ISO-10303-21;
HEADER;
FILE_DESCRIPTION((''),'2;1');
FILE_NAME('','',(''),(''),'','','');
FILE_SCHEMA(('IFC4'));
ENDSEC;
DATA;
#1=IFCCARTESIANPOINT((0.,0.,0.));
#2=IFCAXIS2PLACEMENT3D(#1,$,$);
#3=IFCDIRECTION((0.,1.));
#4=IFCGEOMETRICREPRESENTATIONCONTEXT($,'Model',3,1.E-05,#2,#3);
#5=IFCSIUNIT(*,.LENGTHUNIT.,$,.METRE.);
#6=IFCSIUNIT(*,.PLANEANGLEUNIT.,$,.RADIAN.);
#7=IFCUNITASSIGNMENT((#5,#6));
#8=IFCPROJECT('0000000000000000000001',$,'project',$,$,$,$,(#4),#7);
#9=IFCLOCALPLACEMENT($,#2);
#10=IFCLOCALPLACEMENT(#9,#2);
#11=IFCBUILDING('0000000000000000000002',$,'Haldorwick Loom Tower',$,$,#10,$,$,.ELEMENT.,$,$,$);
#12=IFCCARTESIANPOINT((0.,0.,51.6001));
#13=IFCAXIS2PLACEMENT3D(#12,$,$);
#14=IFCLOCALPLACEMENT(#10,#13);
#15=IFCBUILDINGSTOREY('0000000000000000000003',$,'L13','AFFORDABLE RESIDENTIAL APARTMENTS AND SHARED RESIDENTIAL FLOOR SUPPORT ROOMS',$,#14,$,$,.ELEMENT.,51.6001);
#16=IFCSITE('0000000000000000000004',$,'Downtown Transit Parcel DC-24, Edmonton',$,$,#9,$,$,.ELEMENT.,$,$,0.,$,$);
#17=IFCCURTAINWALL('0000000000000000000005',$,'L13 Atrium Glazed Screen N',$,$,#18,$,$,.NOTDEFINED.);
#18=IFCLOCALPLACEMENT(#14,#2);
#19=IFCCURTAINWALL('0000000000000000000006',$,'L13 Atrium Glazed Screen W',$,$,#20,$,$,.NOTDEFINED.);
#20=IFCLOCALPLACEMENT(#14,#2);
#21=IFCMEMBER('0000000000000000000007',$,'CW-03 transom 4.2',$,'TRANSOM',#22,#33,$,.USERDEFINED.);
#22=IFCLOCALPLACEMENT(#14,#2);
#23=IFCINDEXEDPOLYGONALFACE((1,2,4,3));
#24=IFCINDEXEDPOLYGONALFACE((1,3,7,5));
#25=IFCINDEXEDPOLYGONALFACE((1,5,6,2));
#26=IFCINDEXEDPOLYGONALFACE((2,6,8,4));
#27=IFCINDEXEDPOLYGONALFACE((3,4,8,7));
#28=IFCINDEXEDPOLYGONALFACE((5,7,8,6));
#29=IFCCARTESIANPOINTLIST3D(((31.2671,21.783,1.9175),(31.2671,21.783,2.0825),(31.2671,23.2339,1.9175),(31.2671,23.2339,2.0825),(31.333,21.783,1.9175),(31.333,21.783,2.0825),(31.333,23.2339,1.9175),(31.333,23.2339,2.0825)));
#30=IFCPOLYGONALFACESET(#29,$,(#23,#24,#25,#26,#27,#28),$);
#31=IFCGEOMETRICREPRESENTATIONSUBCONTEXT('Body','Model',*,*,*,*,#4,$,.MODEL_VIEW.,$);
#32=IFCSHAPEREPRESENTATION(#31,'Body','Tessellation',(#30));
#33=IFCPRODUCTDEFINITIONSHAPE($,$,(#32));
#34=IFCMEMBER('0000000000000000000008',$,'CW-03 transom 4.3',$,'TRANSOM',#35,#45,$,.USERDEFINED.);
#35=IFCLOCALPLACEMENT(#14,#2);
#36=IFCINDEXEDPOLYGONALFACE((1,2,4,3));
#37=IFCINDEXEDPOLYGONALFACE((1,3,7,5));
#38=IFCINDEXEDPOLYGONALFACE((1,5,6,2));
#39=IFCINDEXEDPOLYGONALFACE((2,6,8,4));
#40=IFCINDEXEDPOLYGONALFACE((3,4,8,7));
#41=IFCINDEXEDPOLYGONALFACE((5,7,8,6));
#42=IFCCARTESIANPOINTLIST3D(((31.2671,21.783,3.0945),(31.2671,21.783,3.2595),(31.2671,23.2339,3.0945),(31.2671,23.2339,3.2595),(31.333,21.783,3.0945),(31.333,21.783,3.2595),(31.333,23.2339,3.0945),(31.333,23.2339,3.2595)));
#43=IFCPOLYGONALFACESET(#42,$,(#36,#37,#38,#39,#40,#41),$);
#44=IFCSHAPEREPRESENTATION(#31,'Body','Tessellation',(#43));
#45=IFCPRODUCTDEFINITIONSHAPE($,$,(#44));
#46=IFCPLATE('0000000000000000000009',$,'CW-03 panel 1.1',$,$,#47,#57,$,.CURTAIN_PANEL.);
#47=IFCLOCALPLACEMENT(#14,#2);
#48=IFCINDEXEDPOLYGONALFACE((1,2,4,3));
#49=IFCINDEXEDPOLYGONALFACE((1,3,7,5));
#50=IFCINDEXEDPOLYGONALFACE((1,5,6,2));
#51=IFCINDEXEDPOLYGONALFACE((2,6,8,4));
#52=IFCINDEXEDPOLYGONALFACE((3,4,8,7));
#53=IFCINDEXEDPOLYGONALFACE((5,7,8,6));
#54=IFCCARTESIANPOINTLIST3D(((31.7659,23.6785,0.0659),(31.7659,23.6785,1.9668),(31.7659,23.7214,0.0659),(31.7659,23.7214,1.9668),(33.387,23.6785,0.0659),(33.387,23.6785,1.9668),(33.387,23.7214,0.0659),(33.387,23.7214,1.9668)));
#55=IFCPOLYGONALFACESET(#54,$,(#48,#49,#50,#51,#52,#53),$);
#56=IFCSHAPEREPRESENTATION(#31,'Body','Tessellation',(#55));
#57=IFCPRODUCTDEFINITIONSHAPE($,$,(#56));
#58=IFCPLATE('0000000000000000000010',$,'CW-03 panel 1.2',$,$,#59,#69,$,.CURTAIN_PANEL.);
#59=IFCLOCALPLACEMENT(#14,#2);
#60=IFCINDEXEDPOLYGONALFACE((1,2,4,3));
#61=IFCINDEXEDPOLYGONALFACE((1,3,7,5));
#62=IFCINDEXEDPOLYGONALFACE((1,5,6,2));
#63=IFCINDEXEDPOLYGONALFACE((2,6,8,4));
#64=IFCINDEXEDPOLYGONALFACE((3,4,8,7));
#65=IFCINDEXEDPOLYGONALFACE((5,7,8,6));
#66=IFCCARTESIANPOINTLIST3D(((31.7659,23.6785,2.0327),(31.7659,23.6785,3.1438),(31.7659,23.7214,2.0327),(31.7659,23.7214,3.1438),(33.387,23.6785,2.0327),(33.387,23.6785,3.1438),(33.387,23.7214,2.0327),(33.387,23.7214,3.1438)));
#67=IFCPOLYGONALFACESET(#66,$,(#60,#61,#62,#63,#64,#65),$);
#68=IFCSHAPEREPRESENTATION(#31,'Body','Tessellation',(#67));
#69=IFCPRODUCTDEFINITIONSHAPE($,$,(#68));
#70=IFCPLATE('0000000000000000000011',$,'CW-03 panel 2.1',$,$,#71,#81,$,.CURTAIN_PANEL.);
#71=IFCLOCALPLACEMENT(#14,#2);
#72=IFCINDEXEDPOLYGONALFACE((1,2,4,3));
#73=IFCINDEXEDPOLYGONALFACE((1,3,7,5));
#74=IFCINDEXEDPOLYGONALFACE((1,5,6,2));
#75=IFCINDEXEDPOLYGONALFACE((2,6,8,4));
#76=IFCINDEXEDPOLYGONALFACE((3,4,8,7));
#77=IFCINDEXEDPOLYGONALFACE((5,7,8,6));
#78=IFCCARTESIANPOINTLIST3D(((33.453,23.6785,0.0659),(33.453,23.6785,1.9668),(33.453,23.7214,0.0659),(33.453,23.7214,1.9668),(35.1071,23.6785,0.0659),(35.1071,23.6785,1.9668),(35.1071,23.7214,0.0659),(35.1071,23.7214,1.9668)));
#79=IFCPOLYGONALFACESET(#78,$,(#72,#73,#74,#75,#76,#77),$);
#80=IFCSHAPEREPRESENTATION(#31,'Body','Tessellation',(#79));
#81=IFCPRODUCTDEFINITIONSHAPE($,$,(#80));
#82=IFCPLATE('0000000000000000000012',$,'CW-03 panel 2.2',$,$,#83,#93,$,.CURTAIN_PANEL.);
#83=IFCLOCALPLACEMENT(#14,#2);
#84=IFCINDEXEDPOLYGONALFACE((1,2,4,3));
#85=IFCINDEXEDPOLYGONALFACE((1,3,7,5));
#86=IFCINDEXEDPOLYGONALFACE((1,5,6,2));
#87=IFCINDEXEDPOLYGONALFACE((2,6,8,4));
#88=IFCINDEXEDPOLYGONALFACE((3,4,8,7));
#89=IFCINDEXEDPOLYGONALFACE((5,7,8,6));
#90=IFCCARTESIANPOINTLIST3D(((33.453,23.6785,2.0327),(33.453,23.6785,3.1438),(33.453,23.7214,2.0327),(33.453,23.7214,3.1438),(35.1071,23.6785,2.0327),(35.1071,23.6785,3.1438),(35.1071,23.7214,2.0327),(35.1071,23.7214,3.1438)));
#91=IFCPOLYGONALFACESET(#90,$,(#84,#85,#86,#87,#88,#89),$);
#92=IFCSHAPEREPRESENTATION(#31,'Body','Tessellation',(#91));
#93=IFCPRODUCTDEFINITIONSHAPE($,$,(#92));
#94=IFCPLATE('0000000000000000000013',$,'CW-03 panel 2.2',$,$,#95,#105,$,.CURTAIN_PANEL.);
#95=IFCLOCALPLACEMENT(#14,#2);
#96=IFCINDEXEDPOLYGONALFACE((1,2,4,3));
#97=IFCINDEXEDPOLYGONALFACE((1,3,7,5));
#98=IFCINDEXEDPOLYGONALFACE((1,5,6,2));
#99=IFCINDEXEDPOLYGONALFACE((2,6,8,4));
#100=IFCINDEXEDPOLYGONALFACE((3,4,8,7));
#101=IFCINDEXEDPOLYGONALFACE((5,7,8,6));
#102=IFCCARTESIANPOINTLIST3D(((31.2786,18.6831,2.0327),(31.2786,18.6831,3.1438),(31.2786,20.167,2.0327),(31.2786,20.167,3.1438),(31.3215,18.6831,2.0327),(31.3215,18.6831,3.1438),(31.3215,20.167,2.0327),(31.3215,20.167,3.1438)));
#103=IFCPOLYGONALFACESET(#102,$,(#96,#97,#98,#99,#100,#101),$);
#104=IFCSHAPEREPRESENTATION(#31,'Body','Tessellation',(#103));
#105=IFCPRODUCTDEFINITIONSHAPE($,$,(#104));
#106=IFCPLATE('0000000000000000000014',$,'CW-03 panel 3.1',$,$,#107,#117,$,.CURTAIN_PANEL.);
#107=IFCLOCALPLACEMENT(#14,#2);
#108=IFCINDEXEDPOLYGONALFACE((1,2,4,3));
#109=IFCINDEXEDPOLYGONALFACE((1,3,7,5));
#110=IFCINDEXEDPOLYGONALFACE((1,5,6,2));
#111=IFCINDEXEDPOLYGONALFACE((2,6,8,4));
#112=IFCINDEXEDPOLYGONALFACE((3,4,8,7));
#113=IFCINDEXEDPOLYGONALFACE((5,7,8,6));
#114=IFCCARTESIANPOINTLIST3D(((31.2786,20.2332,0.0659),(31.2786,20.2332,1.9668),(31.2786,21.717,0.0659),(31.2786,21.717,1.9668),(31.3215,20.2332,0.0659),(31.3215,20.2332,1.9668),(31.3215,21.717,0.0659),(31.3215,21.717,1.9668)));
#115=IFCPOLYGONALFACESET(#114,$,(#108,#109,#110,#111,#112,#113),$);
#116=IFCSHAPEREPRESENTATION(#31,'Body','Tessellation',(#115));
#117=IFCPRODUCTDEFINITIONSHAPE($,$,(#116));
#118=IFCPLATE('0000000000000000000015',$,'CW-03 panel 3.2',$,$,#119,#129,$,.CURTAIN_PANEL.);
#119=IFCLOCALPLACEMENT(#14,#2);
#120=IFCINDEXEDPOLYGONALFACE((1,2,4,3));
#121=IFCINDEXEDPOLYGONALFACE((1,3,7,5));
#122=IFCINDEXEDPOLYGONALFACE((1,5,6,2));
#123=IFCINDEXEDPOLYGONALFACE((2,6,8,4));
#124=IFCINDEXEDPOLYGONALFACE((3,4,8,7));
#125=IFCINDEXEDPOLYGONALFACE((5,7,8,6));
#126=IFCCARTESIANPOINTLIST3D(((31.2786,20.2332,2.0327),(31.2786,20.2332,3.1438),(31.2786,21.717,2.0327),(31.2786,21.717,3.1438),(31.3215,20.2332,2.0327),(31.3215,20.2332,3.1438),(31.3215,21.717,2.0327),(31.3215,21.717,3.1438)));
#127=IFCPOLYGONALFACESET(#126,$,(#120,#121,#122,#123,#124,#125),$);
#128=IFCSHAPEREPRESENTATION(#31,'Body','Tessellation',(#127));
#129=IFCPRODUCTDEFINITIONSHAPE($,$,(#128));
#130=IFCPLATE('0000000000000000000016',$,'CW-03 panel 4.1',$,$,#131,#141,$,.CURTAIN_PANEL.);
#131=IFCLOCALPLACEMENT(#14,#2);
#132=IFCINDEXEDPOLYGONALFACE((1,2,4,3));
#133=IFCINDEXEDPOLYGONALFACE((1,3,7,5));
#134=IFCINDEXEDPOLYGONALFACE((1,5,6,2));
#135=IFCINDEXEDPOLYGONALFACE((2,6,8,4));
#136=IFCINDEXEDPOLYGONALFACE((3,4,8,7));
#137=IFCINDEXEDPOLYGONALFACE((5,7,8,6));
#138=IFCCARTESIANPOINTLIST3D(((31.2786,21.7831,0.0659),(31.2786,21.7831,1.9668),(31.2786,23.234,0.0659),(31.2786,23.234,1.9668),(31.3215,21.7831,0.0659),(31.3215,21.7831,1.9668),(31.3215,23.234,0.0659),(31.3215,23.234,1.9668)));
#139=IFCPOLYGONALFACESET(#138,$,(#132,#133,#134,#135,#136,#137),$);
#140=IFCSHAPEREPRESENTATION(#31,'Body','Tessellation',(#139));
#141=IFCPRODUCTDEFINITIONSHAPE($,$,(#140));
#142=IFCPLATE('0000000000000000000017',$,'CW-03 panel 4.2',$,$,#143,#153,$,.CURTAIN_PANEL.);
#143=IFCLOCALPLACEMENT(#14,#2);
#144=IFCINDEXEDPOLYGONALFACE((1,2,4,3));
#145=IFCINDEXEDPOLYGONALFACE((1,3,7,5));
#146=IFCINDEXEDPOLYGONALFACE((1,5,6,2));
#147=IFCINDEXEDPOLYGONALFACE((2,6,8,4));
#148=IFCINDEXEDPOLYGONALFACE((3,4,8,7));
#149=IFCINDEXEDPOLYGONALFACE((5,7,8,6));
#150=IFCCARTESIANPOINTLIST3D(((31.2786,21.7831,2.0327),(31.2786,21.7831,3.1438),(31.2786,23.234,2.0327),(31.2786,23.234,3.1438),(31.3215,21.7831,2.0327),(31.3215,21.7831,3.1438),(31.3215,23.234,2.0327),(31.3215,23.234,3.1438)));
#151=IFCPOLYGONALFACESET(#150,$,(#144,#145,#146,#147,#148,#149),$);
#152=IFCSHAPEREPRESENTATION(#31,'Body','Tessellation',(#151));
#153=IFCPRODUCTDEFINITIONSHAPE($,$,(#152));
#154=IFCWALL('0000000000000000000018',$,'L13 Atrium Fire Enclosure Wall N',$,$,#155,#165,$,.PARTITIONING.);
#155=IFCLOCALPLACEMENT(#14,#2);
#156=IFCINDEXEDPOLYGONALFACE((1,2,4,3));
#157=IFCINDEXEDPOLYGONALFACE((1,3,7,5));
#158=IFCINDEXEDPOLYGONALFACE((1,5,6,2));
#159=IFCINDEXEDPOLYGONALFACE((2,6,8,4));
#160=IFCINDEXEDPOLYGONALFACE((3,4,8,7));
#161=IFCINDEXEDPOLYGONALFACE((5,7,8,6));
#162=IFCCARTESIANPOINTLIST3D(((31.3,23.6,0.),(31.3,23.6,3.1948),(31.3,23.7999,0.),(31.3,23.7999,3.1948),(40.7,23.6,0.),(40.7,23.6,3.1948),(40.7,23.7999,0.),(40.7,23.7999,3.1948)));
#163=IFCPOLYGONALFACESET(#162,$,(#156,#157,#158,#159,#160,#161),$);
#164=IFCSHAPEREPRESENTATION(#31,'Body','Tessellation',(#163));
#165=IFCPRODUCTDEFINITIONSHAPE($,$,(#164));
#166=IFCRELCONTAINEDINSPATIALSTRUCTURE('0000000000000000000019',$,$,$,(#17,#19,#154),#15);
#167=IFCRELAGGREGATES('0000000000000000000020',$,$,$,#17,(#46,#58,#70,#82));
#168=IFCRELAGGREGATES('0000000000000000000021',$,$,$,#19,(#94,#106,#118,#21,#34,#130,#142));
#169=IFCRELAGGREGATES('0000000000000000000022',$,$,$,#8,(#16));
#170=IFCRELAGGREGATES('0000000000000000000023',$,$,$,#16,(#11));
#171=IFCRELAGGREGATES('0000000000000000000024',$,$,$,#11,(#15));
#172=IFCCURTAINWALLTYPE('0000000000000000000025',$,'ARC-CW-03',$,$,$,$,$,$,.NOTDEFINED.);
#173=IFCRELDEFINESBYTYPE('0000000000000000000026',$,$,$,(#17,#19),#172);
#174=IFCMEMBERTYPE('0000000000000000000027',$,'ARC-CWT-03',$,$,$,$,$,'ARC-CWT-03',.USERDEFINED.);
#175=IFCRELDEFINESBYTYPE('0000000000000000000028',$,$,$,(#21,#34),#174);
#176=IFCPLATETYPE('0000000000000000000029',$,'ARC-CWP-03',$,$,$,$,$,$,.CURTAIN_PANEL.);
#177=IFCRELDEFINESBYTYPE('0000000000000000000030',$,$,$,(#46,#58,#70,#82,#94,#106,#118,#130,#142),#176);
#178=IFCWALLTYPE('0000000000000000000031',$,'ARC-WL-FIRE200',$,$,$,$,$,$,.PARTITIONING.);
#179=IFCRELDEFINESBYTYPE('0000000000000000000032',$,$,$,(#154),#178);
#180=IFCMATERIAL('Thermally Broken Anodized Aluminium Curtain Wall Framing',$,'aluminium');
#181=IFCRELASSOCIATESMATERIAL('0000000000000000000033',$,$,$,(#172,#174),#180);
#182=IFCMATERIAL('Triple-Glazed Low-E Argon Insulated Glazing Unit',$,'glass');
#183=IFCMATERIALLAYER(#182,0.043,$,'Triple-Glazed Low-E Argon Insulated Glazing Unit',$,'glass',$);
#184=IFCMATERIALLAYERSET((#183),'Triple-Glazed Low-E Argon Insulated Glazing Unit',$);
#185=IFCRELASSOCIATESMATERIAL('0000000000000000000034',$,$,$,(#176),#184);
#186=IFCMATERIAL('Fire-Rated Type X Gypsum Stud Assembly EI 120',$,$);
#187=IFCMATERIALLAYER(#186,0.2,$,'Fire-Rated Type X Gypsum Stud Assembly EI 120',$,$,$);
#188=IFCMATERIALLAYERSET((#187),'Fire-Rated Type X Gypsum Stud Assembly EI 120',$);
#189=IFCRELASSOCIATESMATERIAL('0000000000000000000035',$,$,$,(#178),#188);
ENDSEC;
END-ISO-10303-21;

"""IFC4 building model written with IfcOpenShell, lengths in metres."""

from ifc_helpers import new_model, si_unit, direction, frame, frame_2d, origin, origin_2d, place, context, subcontext, project, spatial, rectangle, extrude, material, layer, layer_set, material_profile, profile_set, type_object, element, aggregate, save


model = new_model("IFC4")

# Units and contexts
model_context = context("Model", 3, precision=1e-05, world=origin(), true_north=direction((0.0, 1.0)))
body_context = subcontext(model_context, "Body", "Model", "MODEL_VIEW")
ifc_project = project(units=[si_unit("LENGTHUNIT", "METRE"), si_unit("PLANEANGLEUNIT", "RADIAN")], contexts=[model_context])

# Site, building, storey
site_placement = place(None, origin())
site = spatial("IfcSite", under=ifc_project, at=site_placement, Name="Downtown Transit Parcel DC-24, Edmonton", CompositionType="ELEMENT", RefElevation=0.0)
building_placement = place(site_placement, origin())
building = spatial("IfcBuilding", under=site, at=building_placement, Name="Haldorwick Loom Tower", CompositionType="ELEMENT")
storey_placement = place(building_placement, frame((0.0, 0.0, 51.6001)))
storey = spatial("IfcBuildingStorey", under=building, at=storey_placement, Name="L13", Description="AFFORDABLE RESIDENTIAL APARTMENTS AND SHARED RESIDENTIAL FLOOR SUPPORT ROOMS", CompositionType="ELEMENT", Elevation=51.6001)

# Curtain walls
ifc_material_1 = material(Name="Thermally Broken Anodized Aluminium Curtain Wall Framing", Category="aluminium")
curtain_wall_type = type_object("IfcCurtainWallType", Name="ARC-CW-03", PredefinedType="NOTDEFINED", material=ifc_material_1)
curtain_wall_1_placement = place(storey_placement, origin())
curtain_wall_1 = element("IfcCurtainWall", 1, at=curtain_wall_1_placement, inside=storey, type_object=curtain_wall_type, Name="L13 Atrium Glazed Screen N", PredefinedType="NOTDEFINED")
curtain_wall_2_placement = place(storey_placement, origin())
curtain_wall_2 = element("IfcCurtainWall", 2, at=curtain_wall_2_placement, inside=storey, type_object=curtain_wall_type, Name="L13 Atrium Glazed Screen W", PredefinedType="NOTDEFINED")

# Members
ifc_material_profile_1 = material_profile(ifc_material_1, rectangle(XDim=0.0659, YDim=0.165, at=origin_2d()), Name="ALU_TRN_66X165", Category="aluminium")
ifc_profile_set_1 = profile_set([ifc_material_profile_1], Name="Thermally Broken Anodized Aluminium Curtain Wall Framing")
member_type_1 = type_object("IfcMemberType", Name="ARC-CWT-03", ElementType="ARC-CWT-03", PredefinedType="USERDEFINED", material=ifc_profile_set_1)
member_1_placement = place(storey_placement, frame((31.3, 21.783, 2.0), z_axis=(0.0, 1.0, 0.0), x_axis=(-1.0, 0.0, 0.0)))
member_1 = element("IfcMember", 3, at=member_1_placement, type_object=member_type_1, Name="CW-03 transom 4.2", ObjectType="TRANSOM", PredefinedType="USERDEFINED", context=body_context, shape_type="SweptSolid", body=[
    extrude(rectangle(XDim=0.0659, YDim=0.165, at=origin_2d()), origin(), (0.0, 0.0, 1.0), 1.4509),
])
member_2_placement = place(storey_placement, frame((31.3, 21.783, 3.177), z_axis=(0.0, 1.0, 0.0), x_axis=(-1.0, 0.0, 0.0)))
member_2 = element("IfcMember", 4, at=member_2_placement, type_object=member_type_1, Name="CW-03 transom 4.3", ObjectType="TRANSOM", PredefinedType="USERDEFINED", context=body_context, shape_type="SweptSolid", body=[
    extrude(rectangle(XDim=0.0659, YDim=0.165, at=origin_2d()), origin(), (0.0, 0.0, 1.0), 1.4509),
])

# Plates
ifc_material_2 = material(Name="Triple-Glazed Low-E Argon Insulated Glazing Unit", Category="glass")
ifc_layer_1 = layer(ifc_material_2, 0.043, Name="Triple-Glazed Low-E Argon Insulated Glazing Unit", Category="glass")
ifc_layer_set_1 = layer_set([ifc_layer_1], Name="Triple-Glazed Low-E Argon Insulated Glazing Unit")
plate_type = type_object("IfcPlateType", Name="ARC-CWP-03", PredefinedType="CURTAIN_PANEL", material=ifc_layer_set_1)
plate_1_placement = place(storey_placement, frame((32.5764, 23.7, 0.0659), z_axis=(0.0, 0.0, 1.0), x_axis=(1.0, 0.0, 0.0)))
plate_1 = element("IfcPlate", 5, at=plate_1_placement, type_object=plate_type, Name="CW-03 panel 1.1", PredefinedType="CURTAIN_PANEL", context=body_context, shape_type="SweptSolid", body=[
    extrude(rectangle(XDim=1.6211, YDim=0.043, at=origin_2d()), origin(), (0.0, 0.0, 1.0), 1.9009),
])
plate_2_placement = place(storey_placement, frame((32.5764, 23.7, 2.0327), z_axis=(0.0, 0.0, 1.0), x_axis=(1.0, 0.0, 0.0)))
plate_2 = element("IfcPlate", 6, at=plate_2_placement, type_object=plate_type, Name="CW-03 panel 1.2", PredefinedType="CURTAIN_PANEL", context=body_context, shape_type="SweptSolid", body=[
    extrude(rectangle(XDim=1.6211, YDim=0.043, at=origin_2d()), origin(), (0.0, 0.0, 1.0), 1.1111),
])
plate_3_placement = place(storey_placement, frame((34.28, 23.7, 0.0659), z_axis=(0.0, 0.0, 1.0), x_axis=(1.0, 0.0, 0.0)))
plate_3 = element("IfcPlate", 7, at=plate_3_placement, type_object=plate_type, Name="CW-03 panel 2.1", PredefinedType="CURTAIN_PANEL", context=body_context, shape_type="SweptSolid", body=[
    extrude(rectangle(XDim=1.6541, YDim=0.043, at=origin_2d()), origin(), (0.0, 0.0, 1.0), 1.9009),
])
plate_4_placement = place(storey_placement, frame((34.28, 23.7, 2.0327), z_axis=(0.0, 0.0, 1.0), x_axis=(1.0, 0.0, 0.0)))
plate_4 = element("IfcPlate", 8, at=plate_4_placement, type_object=plate_type, Name="CW-03 panel 2.2", PredefinedType="CURTAIN_PANEL", context=body_context, shape_type="SweptSolid", body=[
    extrude(rectangle(XDim=1.6541, YDim=0.043, at=origin_2d()), origin(), (0.0, 0.0, 1.0), 1.1111),
])
aggregate(curtain_wall_1, [plate_1, plate_2, plate_3, plate_4])
plate_5_placement = place(storey_placement, frame((31.3, 19.425, 2.0327), z_axis=(0.0, 0.0, 1.0), x_axis=(0.0, 1.0, 0.0)))
plate_5 = element("IfcPlate", 9, at=plate_5_placement, type_object=plate_type, Name="CW-03 panel 2.2", PredefinedType="CURTAIN_PANEL", context=body_context, shape_type="SweptSolid", body=[
    extrude(rectangle(XDim=1.4839, YDim=0.043, at=origin_2d()), origin(), (0.0, 0.0, 1.0), 1.1111),
])
plate_6_placement = place(storey_placement, frame((31.3, 20.9751, 0.0659), z_axis=(0.0, 0.0, 1.0), x_axis=(0.0, 1.0, 0.0)))
plate_6 = element("IfcPlate", 10, at=plate_6_placement, type_object=plate_type, Name="CW-03 panel 3.1", PredefinedType="CURTAIN_PANEL", context=body_context, shape_type="SweptSolid", body=[
    extrude(rectangle(XDim=1.4839, YDim=0.043, at=origin_2d()), origin(), (0.0, 0.0, 1.0), 1.9009),
])
plate_7_placement = place(storey_placement, frame((31.3, 20.9751, 2.0327), z_axis=(0.0, 0.0, 1.0), x_axis=(0.0, 1.0, 0.0)))
plate_7 = element("IfcPlate", 11, at=plate_7_placement, type_object=plate_type, Name="CW-03 panel 3.2", PredefinedType="CURTAIN_PANEL", context=body_context, shape_type="SweptSolid", body=[
    extrude(rectangle(XDim=1.4839, YDim=0.043, at=origin_2d()), origin(), (0.0, 0.0, 1.0), 1.1111),
])
plate_8_placement = place(storey_placement, frame((31.3, 22.5085, 0.0659), z_axis=(0.0, 0.0, 1.0), x_axis=(0.0, 1.0, 0.0)))
plate_8 = element("IfcPlate", 12, at=plate_8_placement, type_object=plate_type, Name="CW-03 panel 4.1", PredefinedType="CURTAIN_PANEL", context=body_context, shape_type="SweptSolid", body=[
    extrude(rectangle(XDim=1.4509, YDim=0.043, at=origin_2d()), origin(), (0.0, 0.0, 1.0), 1.9009),
])
plate_9_placement = place(storey_placement, frame((31.3, 22.5085, 2.0327), z_axis=(0.0, 0.0, 1.0), x_axis=(0.0, 1.0, 0.0)))
plate_9 = element("IfcPlate", 13, at=plate_9_placement, type_object=plate_type, Name="CW-03 panel 4.2", PredefinedType="CURTAIN_PANEL", context=body_context, shape_type="SweptSolid", body=[
    extrude(rectangle(XDim=1.4509, YDim=0.043, at=origin_2d()), origin(), (0.0, 0.0, 1.0), 1.1111),
])
aggregate(curtain_wall_2, [plate_5, plate_6, plate_7, member_1, member_2, plate_8, plate_9])

# Wall
ifc_material_3 = material(Name="Fire-Rated Type X Gypsum Stud Assembly EI 120")
ifc_layer_2 = layer(ifc_material_3, 0.2, Name="Fire-Rated Type X Gypsum Stud Assembly EI 120")
ifc_layer_set_2 = layer_set([ifc_layer_2], Name="Fire-Rated Type X Gypsum Stud Assembly EI 120")
wall_type = type_object("IfcWallType", Name="ARC-WL-FIRE200", PredefinedType="PARTITIONING", material=ifc_layer_set_2)
wall_placement = place(storey_placement, frame((31.3, 23.7, 0.0), z_axis=(0.0, 0.0, 1.0), x_axis=(1.0, 0.0, 0.0)))
element("IfcWall", 14, at=wall_placement, inside=storey, type_object=wall_type, Name="L13 Atrium Fire Enclosure Wall N", PredefinedType="PARTITIONING", context=body_context, shape_type="SweptSolid", body=[
    extrude(rectangle(XDim=9.3999, YDim=0.2, at=frame_2d((4.7, 0.0))), origin(), (0.0, 0.0, 1.0), 3.1948),
])

save(model, "model.ifc")
